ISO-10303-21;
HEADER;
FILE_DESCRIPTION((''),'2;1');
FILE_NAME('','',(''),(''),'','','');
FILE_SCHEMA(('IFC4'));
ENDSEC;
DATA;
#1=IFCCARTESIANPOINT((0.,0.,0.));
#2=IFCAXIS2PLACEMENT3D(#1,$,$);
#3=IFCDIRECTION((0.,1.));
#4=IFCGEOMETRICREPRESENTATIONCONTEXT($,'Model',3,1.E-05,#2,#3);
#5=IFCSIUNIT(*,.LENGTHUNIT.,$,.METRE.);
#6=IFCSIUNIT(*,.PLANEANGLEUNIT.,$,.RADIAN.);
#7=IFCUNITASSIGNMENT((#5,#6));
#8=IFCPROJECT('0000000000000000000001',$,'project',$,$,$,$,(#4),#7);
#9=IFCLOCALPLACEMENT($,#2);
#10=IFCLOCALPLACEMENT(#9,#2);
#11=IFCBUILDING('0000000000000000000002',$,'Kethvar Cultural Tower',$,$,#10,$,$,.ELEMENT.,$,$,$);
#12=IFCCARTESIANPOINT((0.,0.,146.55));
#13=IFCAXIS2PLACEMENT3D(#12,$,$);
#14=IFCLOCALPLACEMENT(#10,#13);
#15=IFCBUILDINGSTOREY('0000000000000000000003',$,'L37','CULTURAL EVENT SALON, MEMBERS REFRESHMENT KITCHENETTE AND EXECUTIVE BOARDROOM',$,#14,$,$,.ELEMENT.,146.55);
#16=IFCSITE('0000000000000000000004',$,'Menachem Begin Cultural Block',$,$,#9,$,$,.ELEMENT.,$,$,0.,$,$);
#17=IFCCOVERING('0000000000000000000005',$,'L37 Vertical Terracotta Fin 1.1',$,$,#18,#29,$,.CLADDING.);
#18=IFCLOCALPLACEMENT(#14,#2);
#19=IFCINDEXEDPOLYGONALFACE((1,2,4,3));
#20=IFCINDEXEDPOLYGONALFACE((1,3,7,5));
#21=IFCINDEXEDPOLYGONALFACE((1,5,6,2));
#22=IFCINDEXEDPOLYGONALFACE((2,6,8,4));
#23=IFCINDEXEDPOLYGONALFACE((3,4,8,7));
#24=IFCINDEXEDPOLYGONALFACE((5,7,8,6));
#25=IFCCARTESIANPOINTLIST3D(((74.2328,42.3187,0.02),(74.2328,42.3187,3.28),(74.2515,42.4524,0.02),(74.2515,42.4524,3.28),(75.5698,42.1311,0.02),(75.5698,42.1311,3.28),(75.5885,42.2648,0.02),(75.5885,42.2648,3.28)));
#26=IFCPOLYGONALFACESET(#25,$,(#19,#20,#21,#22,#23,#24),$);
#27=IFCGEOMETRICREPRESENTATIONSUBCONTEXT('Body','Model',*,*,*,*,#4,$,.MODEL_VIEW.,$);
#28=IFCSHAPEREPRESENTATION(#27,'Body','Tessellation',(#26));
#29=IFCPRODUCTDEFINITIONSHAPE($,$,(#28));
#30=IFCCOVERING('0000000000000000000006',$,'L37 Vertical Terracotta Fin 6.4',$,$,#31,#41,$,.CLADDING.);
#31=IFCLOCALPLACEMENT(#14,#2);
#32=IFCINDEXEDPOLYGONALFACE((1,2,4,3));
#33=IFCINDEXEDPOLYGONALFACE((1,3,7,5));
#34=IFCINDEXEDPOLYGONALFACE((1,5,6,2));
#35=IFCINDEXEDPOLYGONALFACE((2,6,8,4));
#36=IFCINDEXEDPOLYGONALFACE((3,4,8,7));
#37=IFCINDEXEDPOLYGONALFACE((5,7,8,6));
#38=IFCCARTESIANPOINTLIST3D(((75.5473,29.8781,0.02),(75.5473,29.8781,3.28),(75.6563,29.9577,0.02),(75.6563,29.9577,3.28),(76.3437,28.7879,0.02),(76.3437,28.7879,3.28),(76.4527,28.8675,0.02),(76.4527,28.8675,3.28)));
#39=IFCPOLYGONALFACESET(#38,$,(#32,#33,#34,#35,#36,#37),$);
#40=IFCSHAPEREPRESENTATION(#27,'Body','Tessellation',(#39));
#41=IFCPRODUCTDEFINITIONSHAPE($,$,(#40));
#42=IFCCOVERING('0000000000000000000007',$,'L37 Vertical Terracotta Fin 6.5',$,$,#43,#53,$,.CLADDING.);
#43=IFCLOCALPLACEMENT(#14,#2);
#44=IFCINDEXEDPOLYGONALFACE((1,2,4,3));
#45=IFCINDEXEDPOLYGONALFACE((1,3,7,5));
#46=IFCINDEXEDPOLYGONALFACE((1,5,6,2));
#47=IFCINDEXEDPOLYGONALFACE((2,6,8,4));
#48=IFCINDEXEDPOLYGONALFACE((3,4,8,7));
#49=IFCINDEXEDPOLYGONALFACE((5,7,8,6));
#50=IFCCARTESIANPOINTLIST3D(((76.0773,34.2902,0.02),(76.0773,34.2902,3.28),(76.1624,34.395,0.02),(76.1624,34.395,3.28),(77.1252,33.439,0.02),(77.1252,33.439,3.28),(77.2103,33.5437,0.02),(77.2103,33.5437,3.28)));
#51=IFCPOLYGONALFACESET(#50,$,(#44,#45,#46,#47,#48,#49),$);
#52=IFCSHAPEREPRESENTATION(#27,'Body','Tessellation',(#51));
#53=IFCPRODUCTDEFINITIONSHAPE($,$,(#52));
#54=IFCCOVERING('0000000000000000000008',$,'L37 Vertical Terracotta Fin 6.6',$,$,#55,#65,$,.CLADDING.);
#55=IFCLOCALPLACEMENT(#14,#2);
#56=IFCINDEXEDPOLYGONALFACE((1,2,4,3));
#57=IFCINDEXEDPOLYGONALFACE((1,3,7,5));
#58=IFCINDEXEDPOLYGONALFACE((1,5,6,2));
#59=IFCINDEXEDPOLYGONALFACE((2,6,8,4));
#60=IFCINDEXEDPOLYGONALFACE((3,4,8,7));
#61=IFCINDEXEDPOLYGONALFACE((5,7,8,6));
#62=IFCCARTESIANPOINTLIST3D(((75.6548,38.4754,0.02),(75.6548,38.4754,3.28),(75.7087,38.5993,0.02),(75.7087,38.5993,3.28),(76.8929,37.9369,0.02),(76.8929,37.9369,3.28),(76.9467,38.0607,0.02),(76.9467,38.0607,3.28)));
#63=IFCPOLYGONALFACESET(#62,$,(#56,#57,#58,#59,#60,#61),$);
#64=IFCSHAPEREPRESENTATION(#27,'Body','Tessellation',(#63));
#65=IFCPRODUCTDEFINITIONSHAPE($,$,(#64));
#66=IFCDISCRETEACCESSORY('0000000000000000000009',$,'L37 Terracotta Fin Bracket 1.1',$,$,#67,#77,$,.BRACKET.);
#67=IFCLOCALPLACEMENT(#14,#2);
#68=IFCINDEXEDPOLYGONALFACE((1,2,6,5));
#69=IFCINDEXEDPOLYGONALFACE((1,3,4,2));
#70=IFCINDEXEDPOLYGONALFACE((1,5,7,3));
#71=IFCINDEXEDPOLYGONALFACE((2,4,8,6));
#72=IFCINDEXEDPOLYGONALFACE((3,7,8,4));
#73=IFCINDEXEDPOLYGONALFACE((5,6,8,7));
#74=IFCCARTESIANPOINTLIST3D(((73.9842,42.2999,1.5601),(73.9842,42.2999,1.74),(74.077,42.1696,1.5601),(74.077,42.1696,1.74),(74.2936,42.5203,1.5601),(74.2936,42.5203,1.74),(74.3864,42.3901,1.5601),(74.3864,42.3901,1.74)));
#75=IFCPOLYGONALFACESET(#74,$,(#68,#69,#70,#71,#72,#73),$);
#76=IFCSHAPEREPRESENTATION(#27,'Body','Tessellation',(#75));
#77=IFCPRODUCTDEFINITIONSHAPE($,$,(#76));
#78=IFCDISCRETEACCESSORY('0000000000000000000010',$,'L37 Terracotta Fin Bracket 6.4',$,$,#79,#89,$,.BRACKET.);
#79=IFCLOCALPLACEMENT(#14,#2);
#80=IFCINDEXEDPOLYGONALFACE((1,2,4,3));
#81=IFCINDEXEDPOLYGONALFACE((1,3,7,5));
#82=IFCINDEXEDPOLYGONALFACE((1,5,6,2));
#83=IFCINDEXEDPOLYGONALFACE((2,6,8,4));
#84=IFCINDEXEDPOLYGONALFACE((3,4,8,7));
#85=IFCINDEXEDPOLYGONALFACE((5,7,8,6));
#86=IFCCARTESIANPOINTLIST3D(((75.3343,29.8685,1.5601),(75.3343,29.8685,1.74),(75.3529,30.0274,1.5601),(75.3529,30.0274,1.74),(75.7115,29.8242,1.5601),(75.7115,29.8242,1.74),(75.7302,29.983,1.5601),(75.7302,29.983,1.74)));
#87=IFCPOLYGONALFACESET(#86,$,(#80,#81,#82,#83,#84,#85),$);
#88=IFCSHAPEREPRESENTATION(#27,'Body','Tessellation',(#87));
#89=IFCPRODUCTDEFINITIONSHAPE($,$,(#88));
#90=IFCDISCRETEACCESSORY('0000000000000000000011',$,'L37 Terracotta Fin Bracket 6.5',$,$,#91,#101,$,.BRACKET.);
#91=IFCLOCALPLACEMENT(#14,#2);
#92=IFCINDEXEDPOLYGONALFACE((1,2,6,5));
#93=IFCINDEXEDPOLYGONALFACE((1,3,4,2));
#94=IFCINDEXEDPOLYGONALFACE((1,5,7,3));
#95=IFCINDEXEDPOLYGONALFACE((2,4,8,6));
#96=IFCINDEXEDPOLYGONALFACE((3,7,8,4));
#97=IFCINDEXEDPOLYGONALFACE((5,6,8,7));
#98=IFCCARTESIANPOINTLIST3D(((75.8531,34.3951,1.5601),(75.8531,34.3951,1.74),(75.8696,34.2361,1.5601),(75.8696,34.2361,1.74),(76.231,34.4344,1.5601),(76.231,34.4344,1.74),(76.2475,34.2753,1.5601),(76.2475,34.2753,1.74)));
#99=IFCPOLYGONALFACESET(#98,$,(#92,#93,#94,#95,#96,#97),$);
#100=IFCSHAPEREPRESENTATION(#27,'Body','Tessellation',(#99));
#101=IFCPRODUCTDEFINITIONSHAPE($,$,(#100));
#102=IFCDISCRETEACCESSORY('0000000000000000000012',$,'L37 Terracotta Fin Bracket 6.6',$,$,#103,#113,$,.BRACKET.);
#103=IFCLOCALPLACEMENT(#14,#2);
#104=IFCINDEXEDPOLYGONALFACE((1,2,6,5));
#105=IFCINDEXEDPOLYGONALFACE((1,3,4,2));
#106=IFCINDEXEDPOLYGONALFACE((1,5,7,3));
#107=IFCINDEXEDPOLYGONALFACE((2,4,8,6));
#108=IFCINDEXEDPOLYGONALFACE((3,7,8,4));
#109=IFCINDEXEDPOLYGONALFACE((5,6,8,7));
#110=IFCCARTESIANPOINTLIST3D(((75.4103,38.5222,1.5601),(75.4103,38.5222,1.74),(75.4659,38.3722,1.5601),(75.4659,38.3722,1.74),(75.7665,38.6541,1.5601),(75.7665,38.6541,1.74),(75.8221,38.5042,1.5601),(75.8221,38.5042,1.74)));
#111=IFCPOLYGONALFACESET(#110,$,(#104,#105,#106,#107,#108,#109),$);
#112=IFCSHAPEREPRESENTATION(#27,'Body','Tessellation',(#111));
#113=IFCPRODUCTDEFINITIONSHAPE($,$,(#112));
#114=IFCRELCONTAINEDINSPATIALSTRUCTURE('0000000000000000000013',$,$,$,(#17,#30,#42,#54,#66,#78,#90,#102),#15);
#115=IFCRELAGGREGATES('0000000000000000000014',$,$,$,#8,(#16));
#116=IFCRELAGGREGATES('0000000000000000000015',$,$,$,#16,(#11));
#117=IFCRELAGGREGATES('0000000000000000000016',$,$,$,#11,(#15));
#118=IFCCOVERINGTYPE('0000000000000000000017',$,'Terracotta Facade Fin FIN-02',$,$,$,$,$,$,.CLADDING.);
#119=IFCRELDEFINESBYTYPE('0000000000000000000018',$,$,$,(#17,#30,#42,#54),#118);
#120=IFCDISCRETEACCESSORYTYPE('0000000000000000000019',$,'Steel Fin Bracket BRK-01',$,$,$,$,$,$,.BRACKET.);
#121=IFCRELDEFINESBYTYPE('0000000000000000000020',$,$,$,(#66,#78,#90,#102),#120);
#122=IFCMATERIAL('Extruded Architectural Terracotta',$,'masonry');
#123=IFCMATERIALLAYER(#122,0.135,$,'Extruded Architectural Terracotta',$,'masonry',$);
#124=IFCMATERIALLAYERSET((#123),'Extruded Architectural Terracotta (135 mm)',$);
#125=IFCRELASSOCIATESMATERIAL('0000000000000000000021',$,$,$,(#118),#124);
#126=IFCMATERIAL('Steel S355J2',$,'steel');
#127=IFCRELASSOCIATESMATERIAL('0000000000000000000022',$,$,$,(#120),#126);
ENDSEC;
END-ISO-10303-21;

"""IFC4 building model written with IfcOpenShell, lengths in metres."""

from ifc_helpers import new_model, si_unit, direction, frame, origin, origin_2d, place, context, subcontext, project, spatial, rectangle, extrude, source, transform, mapped, material, layer, layer_set, type_object, element, save


model = new_model("IFC4")

# Units and contexts
model_context = context("Model", 3, precision=1e-05, world=origin(), true_north=direction((0.0, 1.0)))
body_context = subcontext(model_context, "Body", "Model", "MODEL_VIEW")
ifc_project = project(units=[si_unit("LENGTHUNIT", "METRE"), si_unit("PLANEANGLEUNIT", "RADIAN")], contexts=[model_context])

# Site, building, storey
site_placement = place(None, origin())
site = spatial("IfcSite", under=ifc_project, at=site_placement, Name="Menachem Begin Cultural Block", CompositionType="ELEMENT", RefElevation=0.0)
building_placement = place(site_placement, origin())
building = spatial("IfcBuilding", under=site, at=building_placement, Name="Kethvar Cultural Tower", CompositionType="ELEMENT")
storey_placement = place(building_placement, frame((0.0, 0.0, 146.55)))
storey = spatial("IfcBuildingStorey", under=building, at=storey_placement, Name="L37", Description="CULTURAL EVENT SALON, MEMBERS REFRESHMENT KITCHENETTE AND EXECUTIVE BOARDROOM", CompositionType="ELEMENT", Elevation=146.55)

# Shared definitions
ifc_material_1 = material(Name="Steel S355J2", Category="steel")

# Coverings
ifc_material_2 = material(Name="Extruded Architectural Terracotta", Category="masonry")
ifc_layer_1 = layer(ifc_material_2, 0.135, Name="Extruded Architectural Terracotta", Category="masonry")
ifc_layer_set_1 = layer_set([ifc_layer_1], Name="Extruded Architectural Terracotta (135 mm)")
covering_type = type_object("IfcCoveringType", Name="Terracotta Facade Fin FIN-02", PredefinedType="CLADDING", material=ifc_layer_set_1)
shared_shape_1 = source(origin(), body_context, "Body", "SweptSolid", [
    extrude(rectangle(XDim=1.3501, YDim=0.135, at=origin_2d()), origin(), (0.0, 0.0, 1.0), 3.26),
])
for number, where, z_axis, x_axis, name in (
    (1, (74.9106, 42.2917, 0.02), (0.0, 0.0, 1.0), (0.990292, -0.139, 0.0), "L37 Vertical Terracotta Fin 1.1"),
    (2, (76.0, 29.3728, 0.02), (0.0, 0.0, 1.0), (0.589901, -0.807475, 0.0), "L37 Vertical Terracotta Fin 6.4"),
    (3, (76.6438, 33.917, 0.02), (0.0, 0.0, 1.0), (0.776156, -0.63054, 0.0), "L37 Vertical Terracotta Fin 6.5"),
    (4, (76.3008, 38.2681, 0.02), (0.0, 0.0, 1.0), (0.91699, -0.398909, 0.0), "L37 Vertical Terracotta Fin 6.6"),
):
    element("IfcCovering", number, at=place(storey_placement, frame(where, z_axis=z_axis, x_axis=x_axis)), inside=storey, type_object=covering_type, Name=name, PredefinedType="CLADDING", context=body_context, shape_type="MappedRepresentation", body=[
        mapped(shared_shape_1, transform((0.0, 0.0, 0.0), scale=1.0)),
    ])

# Discrete accessories
discrete_accessory_type = type_object("IfcDiscreteAccessoryType", Name="Steel Fin Bracket BRK-01", PredefinedType="BRACKET", material=ifc_material_1)
shared_shape_2 = source(origin(), body_context, "Body", "SweptSolid", [
    extrude(rectangle(XDim=0.3799, YDim=0.1599, at=origin_2d()), origin(), (0.0, 0.0, 1.0), 0.1799),
])
for number, where, z_axis, x_axis, name in (
    (5, (74.1853, 42.345, 1.5601), (0.0, 0.0, 1.0), (0.814419, 0.580277, 0.0), "L37 Terracotta Fin Bracket 1.1"),
    (6, (75.5322, 29.9258, 1.5601), (0.0, 0.0, 1.0), (0.993171, -0.116671, 0.0), "L37 Terracotta Fin Bracket 6.4"),
    (7, (76.0503, 34.3352, 1.5601), (0.0, 0.0, 1.0), (0.994649, 0.103313, 0.0), "L37 Terracotta Fin Bracket 6.5"),
    (8, (75.6162, 38.5132, 1.5601), (0.0, 0.0, 1.0), (0.937707, 0.347427, 0.0), "L37 Terracotta Fin Bracket 6.6"),
):
    element("IfcDiscreteAccessory", number, at=place(storey_placement, frame(where, z_axis=z_axis, x_axis=x_axis)), inside=storey, type_object=discrete_accessory_type, Name=name, PredefinedType="BRACKET", context=body_context, shape_type="MappedRepresentation", body=[
        mapped(shared_shape_2, transform((0.0, 0.0, 0.0), scale=1.0)),
    ])

save(model, "model.ifc")
